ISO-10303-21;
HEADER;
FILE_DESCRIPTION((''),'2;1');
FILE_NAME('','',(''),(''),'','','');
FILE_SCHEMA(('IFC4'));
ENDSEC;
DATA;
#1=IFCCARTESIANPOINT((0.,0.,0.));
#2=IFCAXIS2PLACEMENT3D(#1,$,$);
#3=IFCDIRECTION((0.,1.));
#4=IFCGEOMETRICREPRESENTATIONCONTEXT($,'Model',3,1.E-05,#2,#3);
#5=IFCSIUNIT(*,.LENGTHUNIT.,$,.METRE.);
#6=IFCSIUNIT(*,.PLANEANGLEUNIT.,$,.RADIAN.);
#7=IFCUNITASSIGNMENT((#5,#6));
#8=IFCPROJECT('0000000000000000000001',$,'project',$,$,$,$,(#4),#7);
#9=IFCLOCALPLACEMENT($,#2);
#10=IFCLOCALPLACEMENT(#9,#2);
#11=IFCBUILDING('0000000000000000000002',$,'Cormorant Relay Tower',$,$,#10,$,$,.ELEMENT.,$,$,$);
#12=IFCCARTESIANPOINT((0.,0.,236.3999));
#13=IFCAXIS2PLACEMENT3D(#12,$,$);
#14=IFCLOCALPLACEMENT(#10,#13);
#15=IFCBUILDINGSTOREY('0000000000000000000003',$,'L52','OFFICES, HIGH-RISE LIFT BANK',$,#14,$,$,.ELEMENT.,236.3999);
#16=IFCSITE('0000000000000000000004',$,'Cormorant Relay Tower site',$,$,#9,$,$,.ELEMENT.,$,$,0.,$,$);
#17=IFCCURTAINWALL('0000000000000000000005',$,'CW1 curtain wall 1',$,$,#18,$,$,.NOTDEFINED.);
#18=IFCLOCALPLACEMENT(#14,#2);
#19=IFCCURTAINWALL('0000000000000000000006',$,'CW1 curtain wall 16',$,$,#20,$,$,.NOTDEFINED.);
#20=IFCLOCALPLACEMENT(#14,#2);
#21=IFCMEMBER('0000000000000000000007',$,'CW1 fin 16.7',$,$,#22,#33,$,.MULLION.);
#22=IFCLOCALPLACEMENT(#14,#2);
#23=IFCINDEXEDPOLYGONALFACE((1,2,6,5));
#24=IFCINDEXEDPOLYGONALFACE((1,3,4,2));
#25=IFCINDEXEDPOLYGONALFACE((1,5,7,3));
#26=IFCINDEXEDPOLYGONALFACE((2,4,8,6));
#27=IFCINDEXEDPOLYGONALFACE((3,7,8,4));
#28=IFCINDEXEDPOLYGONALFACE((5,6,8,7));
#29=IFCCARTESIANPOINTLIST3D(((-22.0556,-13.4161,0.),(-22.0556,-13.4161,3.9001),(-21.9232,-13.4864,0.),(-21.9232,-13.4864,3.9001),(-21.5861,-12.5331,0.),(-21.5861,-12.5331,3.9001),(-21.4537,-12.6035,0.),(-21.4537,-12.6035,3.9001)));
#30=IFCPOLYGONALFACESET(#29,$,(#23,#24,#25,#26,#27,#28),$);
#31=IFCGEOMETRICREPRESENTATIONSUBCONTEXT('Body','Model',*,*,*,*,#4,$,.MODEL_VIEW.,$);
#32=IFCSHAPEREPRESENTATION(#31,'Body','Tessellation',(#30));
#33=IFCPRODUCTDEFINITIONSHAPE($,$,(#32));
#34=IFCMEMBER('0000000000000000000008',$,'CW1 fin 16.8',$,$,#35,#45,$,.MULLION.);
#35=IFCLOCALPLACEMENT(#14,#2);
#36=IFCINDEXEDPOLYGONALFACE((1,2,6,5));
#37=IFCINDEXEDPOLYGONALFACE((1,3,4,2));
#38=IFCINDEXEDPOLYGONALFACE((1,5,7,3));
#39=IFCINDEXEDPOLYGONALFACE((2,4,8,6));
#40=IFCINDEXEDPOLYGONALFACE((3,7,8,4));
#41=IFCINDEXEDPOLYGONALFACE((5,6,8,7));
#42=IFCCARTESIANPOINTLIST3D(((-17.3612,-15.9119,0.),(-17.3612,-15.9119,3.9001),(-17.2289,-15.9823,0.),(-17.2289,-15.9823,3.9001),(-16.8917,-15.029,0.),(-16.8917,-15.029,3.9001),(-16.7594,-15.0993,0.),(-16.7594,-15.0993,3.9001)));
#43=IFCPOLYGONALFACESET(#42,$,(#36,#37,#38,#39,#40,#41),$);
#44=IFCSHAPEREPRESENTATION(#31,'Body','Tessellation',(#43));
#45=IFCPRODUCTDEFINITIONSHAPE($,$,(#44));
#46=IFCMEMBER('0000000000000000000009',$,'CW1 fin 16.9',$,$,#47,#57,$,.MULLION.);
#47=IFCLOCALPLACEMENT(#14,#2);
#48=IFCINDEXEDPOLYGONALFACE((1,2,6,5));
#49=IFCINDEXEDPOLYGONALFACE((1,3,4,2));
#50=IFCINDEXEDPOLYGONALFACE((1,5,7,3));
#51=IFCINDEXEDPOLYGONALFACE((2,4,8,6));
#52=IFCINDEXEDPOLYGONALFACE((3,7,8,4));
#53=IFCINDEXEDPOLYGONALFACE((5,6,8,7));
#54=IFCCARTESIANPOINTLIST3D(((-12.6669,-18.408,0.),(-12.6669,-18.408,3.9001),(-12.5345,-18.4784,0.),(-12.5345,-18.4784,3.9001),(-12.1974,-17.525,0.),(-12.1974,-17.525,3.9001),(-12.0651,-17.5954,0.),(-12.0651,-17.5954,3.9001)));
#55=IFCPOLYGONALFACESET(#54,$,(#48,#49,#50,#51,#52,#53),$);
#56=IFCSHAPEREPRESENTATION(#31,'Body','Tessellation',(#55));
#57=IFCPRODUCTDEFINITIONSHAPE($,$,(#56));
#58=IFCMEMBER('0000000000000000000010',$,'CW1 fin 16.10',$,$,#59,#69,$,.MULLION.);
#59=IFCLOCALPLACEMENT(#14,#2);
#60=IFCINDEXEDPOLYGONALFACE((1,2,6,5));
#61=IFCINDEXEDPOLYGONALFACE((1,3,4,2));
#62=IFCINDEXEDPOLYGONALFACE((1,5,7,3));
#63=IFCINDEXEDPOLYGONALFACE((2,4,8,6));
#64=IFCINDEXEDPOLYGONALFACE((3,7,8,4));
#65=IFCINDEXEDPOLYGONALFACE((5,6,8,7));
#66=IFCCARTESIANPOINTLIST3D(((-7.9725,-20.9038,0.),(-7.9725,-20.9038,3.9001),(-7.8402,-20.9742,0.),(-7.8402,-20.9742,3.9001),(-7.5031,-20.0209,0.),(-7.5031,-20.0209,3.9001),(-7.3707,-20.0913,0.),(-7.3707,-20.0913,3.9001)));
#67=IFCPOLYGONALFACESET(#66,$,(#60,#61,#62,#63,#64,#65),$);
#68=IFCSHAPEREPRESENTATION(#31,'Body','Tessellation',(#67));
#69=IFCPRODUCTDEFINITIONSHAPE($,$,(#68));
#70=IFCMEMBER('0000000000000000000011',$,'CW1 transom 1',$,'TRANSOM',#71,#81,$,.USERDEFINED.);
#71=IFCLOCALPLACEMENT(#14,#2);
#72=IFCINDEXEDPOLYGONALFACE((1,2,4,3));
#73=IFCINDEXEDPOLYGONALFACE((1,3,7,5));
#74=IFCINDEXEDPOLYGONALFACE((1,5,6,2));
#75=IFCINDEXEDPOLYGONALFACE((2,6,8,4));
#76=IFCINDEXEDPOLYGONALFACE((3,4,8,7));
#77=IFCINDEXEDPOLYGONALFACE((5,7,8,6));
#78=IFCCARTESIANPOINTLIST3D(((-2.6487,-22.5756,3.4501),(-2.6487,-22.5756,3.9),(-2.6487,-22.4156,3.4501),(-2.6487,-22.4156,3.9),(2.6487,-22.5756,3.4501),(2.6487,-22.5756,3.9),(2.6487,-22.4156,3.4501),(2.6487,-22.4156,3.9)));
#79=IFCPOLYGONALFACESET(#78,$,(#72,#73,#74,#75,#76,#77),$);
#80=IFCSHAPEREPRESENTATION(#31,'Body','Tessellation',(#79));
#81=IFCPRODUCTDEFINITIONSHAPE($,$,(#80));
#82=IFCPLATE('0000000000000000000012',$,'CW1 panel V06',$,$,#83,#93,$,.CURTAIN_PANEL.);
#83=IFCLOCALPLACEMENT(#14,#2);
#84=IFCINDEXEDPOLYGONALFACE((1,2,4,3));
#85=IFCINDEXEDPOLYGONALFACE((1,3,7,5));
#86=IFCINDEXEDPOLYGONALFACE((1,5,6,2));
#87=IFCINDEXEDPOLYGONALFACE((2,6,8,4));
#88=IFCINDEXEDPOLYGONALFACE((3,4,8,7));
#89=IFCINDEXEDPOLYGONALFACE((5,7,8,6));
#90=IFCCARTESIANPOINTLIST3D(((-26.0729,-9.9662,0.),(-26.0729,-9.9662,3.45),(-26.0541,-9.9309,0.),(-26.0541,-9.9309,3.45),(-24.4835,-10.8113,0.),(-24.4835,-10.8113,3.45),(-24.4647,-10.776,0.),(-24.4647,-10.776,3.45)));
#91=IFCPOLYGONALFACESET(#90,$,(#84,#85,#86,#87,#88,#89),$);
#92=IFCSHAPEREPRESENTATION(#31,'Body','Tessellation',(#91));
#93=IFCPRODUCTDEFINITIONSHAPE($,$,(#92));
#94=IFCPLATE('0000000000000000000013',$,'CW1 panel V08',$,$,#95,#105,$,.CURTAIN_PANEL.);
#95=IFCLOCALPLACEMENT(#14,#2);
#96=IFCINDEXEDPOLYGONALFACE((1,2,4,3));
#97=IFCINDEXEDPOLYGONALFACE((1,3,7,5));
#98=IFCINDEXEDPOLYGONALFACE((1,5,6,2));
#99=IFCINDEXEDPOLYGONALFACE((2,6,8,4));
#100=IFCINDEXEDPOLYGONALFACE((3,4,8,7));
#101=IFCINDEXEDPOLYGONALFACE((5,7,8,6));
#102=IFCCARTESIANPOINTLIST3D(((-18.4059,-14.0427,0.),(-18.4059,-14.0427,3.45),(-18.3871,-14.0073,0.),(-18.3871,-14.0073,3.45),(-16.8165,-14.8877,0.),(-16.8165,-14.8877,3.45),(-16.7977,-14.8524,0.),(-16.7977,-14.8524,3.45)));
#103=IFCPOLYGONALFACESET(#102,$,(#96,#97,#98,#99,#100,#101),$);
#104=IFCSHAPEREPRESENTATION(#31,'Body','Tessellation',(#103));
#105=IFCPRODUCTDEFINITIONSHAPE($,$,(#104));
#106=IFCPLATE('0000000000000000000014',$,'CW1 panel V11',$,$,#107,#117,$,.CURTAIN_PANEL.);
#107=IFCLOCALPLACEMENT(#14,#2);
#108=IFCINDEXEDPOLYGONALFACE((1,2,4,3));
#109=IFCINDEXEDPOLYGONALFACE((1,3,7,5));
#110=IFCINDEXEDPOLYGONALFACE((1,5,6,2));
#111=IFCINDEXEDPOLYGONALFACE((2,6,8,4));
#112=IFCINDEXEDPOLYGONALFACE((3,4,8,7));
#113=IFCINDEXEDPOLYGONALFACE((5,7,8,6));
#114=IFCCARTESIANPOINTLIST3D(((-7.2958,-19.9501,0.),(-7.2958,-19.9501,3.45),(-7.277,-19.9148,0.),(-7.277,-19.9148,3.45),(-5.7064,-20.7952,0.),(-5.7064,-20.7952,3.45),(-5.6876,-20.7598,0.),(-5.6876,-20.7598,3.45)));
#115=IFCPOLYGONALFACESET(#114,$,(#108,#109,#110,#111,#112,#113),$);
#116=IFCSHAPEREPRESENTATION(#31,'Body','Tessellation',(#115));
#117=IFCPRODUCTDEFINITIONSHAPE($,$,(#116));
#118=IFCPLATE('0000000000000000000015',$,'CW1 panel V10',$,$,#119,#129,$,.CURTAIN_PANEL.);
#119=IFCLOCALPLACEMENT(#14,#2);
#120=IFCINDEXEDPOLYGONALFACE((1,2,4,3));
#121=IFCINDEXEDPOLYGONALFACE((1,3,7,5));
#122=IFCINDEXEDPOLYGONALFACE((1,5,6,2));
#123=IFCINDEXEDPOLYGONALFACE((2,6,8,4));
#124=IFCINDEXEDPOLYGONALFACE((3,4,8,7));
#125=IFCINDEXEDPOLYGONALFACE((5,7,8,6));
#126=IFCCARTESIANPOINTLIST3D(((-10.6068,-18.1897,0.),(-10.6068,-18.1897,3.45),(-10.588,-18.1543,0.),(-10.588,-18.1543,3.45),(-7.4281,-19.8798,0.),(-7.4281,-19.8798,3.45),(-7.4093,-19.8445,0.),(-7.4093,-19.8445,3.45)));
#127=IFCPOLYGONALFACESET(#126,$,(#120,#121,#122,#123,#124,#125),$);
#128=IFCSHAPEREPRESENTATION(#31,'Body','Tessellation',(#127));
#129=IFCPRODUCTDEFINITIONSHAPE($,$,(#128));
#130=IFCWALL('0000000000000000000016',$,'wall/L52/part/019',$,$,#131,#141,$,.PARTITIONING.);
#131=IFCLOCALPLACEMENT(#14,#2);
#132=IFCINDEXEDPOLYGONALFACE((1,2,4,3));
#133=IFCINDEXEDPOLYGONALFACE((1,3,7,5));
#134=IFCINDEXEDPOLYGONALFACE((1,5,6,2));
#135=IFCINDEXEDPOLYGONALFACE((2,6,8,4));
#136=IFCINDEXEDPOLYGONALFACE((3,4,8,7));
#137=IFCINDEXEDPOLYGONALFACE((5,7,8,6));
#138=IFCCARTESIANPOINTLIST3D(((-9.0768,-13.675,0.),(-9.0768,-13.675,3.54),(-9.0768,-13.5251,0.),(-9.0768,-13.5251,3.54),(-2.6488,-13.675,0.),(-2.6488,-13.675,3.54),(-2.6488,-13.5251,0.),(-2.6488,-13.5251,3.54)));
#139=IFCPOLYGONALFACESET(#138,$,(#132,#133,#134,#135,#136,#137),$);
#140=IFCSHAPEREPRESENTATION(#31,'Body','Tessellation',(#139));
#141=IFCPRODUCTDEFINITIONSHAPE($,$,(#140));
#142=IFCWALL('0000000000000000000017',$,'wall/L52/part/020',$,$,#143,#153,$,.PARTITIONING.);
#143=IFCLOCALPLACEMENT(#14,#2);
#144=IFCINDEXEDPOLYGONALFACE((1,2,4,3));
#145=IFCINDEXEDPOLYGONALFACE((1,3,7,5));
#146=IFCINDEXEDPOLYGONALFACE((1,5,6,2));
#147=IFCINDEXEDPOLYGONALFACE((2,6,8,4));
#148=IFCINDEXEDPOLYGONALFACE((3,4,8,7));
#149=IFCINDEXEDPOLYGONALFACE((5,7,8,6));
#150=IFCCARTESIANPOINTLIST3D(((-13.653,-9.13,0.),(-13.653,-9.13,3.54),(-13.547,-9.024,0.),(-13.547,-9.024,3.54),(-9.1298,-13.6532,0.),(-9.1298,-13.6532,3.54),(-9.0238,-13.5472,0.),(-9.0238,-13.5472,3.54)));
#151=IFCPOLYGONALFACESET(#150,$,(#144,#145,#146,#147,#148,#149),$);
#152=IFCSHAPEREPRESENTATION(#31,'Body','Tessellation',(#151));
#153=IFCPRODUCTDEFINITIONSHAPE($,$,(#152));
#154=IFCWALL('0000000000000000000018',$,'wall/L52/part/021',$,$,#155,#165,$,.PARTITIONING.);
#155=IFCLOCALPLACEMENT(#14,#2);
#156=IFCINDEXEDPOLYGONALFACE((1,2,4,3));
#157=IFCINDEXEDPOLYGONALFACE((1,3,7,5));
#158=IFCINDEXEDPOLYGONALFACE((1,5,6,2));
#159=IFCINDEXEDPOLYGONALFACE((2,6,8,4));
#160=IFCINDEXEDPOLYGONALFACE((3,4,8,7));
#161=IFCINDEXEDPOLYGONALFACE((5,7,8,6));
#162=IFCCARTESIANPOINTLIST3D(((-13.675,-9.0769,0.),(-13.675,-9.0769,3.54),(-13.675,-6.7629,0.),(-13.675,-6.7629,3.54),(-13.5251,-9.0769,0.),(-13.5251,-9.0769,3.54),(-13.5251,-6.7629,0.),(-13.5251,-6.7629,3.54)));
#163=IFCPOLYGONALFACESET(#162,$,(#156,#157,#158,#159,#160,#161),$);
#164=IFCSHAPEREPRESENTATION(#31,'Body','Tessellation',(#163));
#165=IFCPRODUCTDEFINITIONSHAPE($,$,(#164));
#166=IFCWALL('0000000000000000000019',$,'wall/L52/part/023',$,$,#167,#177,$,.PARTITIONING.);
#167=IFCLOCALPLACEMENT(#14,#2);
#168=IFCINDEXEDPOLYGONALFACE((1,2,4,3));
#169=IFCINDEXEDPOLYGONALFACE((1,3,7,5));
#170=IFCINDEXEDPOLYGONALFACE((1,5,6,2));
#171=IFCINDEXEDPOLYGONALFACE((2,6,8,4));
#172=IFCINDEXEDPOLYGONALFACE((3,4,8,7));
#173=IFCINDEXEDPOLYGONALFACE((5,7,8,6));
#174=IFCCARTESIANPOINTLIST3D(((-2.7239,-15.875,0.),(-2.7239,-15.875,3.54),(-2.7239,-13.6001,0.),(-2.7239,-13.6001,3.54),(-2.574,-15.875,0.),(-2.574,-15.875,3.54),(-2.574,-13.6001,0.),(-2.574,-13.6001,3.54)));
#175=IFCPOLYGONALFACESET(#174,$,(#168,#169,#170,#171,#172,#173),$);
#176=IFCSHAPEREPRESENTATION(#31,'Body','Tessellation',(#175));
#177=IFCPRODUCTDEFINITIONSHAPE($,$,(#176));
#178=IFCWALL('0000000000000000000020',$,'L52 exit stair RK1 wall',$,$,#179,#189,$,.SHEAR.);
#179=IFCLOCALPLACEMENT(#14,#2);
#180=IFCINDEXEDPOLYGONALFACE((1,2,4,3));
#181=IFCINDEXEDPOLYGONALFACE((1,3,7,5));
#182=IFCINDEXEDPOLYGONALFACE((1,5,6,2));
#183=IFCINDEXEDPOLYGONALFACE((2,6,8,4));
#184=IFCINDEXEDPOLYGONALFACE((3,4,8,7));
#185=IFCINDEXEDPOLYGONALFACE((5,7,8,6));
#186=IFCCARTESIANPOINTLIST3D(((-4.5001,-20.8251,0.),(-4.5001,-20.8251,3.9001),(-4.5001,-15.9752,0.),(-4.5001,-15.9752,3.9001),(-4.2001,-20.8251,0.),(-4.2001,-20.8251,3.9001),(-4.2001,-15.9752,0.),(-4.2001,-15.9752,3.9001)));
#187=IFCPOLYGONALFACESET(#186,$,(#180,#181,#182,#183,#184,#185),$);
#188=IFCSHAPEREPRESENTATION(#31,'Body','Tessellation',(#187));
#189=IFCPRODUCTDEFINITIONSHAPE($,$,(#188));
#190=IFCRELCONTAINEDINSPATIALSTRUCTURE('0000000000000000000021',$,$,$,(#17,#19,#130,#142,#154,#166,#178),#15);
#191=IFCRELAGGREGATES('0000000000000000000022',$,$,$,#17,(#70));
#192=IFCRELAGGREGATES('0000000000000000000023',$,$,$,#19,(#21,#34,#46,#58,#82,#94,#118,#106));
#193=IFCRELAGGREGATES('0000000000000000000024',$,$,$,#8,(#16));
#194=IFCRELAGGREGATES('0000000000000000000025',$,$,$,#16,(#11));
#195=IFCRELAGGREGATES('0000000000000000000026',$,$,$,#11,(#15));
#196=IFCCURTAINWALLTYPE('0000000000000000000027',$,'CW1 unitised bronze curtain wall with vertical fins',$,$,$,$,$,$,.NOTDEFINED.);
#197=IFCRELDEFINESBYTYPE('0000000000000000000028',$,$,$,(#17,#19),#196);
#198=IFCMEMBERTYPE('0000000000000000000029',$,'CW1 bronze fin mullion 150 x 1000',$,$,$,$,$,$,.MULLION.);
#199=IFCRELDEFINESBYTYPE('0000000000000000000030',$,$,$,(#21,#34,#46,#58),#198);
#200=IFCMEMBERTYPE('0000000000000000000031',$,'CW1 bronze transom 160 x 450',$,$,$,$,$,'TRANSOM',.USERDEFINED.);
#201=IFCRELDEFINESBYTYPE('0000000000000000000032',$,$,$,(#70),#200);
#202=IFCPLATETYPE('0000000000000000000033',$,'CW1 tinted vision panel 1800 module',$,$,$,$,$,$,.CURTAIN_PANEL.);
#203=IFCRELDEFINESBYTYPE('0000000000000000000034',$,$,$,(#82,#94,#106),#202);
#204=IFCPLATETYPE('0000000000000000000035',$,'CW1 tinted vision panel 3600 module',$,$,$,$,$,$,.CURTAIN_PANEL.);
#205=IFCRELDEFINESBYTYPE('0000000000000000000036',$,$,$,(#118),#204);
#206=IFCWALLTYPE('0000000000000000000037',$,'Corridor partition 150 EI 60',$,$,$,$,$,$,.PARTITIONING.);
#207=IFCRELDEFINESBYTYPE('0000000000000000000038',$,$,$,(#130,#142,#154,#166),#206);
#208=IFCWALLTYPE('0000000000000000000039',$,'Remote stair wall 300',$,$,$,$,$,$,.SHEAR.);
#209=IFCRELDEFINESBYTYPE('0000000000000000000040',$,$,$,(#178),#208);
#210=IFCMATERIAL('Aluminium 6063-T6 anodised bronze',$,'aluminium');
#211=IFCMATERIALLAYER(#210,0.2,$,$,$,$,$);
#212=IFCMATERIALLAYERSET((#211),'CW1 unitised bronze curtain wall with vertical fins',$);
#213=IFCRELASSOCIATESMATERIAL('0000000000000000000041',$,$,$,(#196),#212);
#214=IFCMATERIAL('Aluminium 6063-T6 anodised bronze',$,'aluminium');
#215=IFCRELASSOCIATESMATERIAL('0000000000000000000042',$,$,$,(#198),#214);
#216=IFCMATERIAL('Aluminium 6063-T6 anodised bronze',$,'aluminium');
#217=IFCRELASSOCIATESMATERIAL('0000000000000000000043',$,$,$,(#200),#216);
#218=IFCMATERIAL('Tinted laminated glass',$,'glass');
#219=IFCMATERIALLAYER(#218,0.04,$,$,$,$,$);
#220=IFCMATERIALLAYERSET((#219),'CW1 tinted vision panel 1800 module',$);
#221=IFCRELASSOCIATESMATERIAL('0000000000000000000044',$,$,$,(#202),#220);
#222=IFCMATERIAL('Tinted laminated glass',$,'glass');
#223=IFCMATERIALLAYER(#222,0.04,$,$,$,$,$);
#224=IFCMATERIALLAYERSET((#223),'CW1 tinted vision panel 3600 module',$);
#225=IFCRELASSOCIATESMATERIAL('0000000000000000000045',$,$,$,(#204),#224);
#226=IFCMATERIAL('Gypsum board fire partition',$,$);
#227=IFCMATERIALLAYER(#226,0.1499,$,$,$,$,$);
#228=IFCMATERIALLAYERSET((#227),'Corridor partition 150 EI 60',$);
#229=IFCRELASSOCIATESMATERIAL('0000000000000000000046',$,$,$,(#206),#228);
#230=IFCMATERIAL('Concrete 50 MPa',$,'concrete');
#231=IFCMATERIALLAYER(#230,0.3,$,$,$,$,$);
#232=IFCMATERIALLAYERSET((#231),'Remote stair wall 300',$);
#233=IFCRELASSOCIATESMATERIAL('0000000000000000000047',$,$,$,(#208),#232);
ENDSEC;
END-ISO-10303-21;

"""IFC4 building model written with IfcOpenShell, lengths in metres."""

from ifc_helpers import new_model, si_unit, direction, frame, frame_2d, origin, origin_2d, place, context, subcontext, project, spatial, rectangle, extrude, material, layer, layer_set, material_profile, profile_set, type_object, element, aggregate, save


model = new_model("IFC4")

# Units and contexts
model_context = context("Model", 3, precision=1e-05, world=origin(), true_north=direction((0.0, 1.0)))
body_context = subcontext(model_context, "Body", "Model", "MODEL_VIEW")
ifc_project = project(units=[si_unit("LENGTHUNIT", "METRE"), si_unit("PLANEANGLEUNIT", "RADIAN")], contexts=[model_context])

# Site, building, storey
site_placement = place(None, origin())
site = spatial("IfcSite", under=ifc_project, at=site_placement, Name="Cormorant Relay Tower site", CompositionType="ELEMENT", RefElevation=0.0)
building_placement = place(site_placement, origin())
building = spatial("IfcBuilding", under=site, at=building_placement, Name="Cormorant Relay Tower", CompositionType="ELEMENT")
storey_placement = place(building_placement, frame((0.0, 0.0, 236.3999)))
storey = spatial("IfcBuildingStorey", under=building, at=storey_placement, Name="L52", Description="OFFICES, HIGH-RISE LIFT BANK", CompositionType="ELEMENT", Elevation=236.3999)

# Curtain wall
ifc_material_1 = material(Name="Aluminium 6063-T6 anodised bronze", Category="aluminium")
ifc_layer_1 = layer(ifc_material_1, 0.2)
ifc_layer_set_1 = layer_set([ifc_layer_1], Name="CW1 unitised bronze curtain wall with vertical fins")
curtain_wall_type = type_object("IfcCurtainWallType", Name="CW1 unitised bronze curtain wall with vertical fins", PredefinedType="NOTDEFINED", material=ifc_layer_set_1)
curtain_wall_1_placement = place(storey_placement, origin())
curtain_wall_1 = element("IfcCurtainWall", 1, at=curtain_wall_1_placement, inside=storey, type_object=curtain_wall_type, Name="CW1 curtain wall 1", PredefinedType="NOTDEFINED")
ifc_material_2 = material(Name="Aluminium 6063-T6 anodised bronze", Category="aluminium")
ifc_material_profile_1 = material_profile(ifc_material_2, rectangle(XDim=0.1499, YDim=1.0, at=origin_2d()), Name="AL 150x1000")
ifc_profile_set_1 = profile_set([ifc_material_profile_1], Name="Aluminium 6063-T6 anodised bronze")
member_type_1 = type_object("IfcMemberType", Name="CW1 bronze fin mullion 150 x 1000", PredefinedType="MULLION", material=ifc_profile_set_1)

# Curtain wall, members
curtain_wall_2_placement = place(storey_placement, origin())
curtain_wall_2 = element("IfcCurtainWall", 2, at=curtain_wall_2_placement, inside=storey, type_object=curtain_wall_type, Name="CW1 curtain wall 16", PredefinedType="NOTDEFINED")
member_1_placement = place(storey_placement, frame((-21.7546, -13.0098, 0.0), z_axis=(0.0, 0.0, 1.0), x_axis=(0.882948, -0.469472, 0.0)))
member_1 = element("IfcMember", 3, at=member_1_placement, type_object=member_type_1, Name="CW1 fin 16.7", PredefinedType="MULLION", context=body_context, shape_type="SweptSolid", body=[
    extrude(rectangle(XDim=0.1499, YDim=1.0, at=origin_2d()), origin(), (0.0, 0.0, 1.0), 3.9001),
])
member_2_placement = place(storey_placement, frame((-17.0603, -15.5056, 0.0), z_axis=(0.0, 0.0, 1.0), x_axis=(0.882948, -0.469472, 0.0)))
member_2 = element("IfcMember", 4, at=member_2_placement, type_object=member_type_1, Name="CW1 fin 16.8", PredefinedType="MULLION", context=body_context, shape_type="SweptSolid", body=[
    extrude(rectangle(XDim=0.1499, YDim=1.0, at=origin_2d()), origin(), (0.0, 0.0, 1.0), 3.9001),
])
member_3_placement = place(storey_placement, frame((-12.366, -18.0017, 0.0), z_axis=(0.0, 0.0, 1.0), x_axis=(0.882948, -0.469472, 0.0)))
member_3 = element("IfcMember", 5, at=member_3_placement, type_object=member_type_1, Name="CW1 fin 16.9", PredefinedType="MULLION", context=body_context, shape_type="SweptSolid", body=[
    extrude(rectangle(XDim=0.1499, YDim=1.0, at=origin_2d()), origin(), (0.0, 0.0, 1.0), 3.9001),
])
member_4_placement = place(storey_placement, frame((-7.6716, -20.4976, 0.0), z_axis=(0.0, 0.0, 1.0), x_axis=(0.882948, -0.469472, 0.0)))
member_4 = element("IfcMember", 6, at=member_4_placement, type_object=member_type_1, Name="CW1 fin 16.10", PredefinedType="MULLION", context=body_context, shape_type="SweptSolid", body=[
    extrude(rectangle(XDim=0.1499, YDim=1.0, at=origin_2d()), origin(), (0.0, 0.0, 1.0), 3.9001),
])

# Member
ifc_material_3 = material(Name="Aluminium 6063-T6 anodised bronze", Category="aluminium")
ifc_material_profile_2 = material_profile(ifc_material_3, rectangle(XDim=0.1599, YDim=0.45, at=origin_2d()), Name="AL 160x450")
ifc_profile_set_2 = profile_set([ifc_material_profile_2], Name="Aluminium 6063-T6 anodised bronze")
member_type_2 = type_object("IfcMemberType", Name="CW1 bronze transom 160 x 450", ElementType="TRANSOM", PredefinedType="USERDEFINED", material=ifc_profile_set_2)
member_5_placement = place(storey_placement, frame((-2.6487, -22.4956, 3.675), z_axis=(1.0, 0.0, 0.0), x_axis=(0.0, 1.0, 0.0)))
member_5 = element("IfcMember", 7, at=member_5_placement, type_object=member_type_2, Name="CW1 transom 1", ObjectType="TRANSOM", PredefinedType="USERDEFINED", context=body_context, shape_type="SweptSolid", body=[
    extrude(rectangle(XDim=0.1599, YDim=0.45, at=origin_2d()), origin(), (0.0, 0.0, 1.0), 5.2974),
])
aggregate(curtain_wall_1, [member_5])

# Plates
ifc_material_4 = material(Name="Tinted laminated glass", Category="glass")
ifc_layer_2 = layer(ifc_material_4, 0.04)
ifc_layer_set_2 = layer_set([ifc_layer_2], Name="CW1 tinted vision panel 1800 module")
plate_type_1 = type_object("IfcPlateType", Name="CW1 tinted vision panel 1800 module", PredefinedType="CURTAIN_PANEL", material=ifc_layer_set_2)
plate_1_placement = place(storey_placement, frame((-25.2688, -10.3711, 0.0), z_axis=(0.0, 0.0, 1.0), x_axis=(0.882948, -0.469472, 0.0)))
plate_1 = element("IfcPlate", 8, at=plate_1_placement, type_object=plate_type_1, Name="CW1 panel V06", PredefinedType="CURTAIN_PANEL", context=body_context, shape_type="SweptSolid", body=[
    extrude(rectangle(XDim=1.8, YDim=0.04, at=origin_2d()), origin(), (0.0, 0.0, 1.0), 3.45),
])
plate_2_placement = place(storey_placement, frame((-17.6018, -14.4475, 0.0), z_axis=(0.0, 0.0, 1.0), x_axis=(0.882948, -0.469472, 0.0)))
plate_2 = element("IfcPlate", 9, at=plate_2_placement, type_object=plate_type_1, Name="CW1 panel V08", PredefinedType="CURTAIN_PANEL", context=body_context, shape_type="SweptSolid", body=[
    extrude(rectangle(XDim=1.8, YDim=0.04, at=origin_2d()), origin(), (0.0, 0.0, 1.0), 3.45),
])
plate_3_placement = place(storey_placement, frame((-6.4917, -20.355, 0.0), z_axis=(0.0, 0.0, 1.0), x_axis=(0.882948, -0.469472, 0.0)))
plate_3 = element("IfcPlate", 10, at=plate_3_placement, type_object=plate_type_1, Name="CW1 panel V11", PredefinedType="CURTAIN_PANEL", context=body_context, shape_type="SweptSolid", body=[
    extrude(rectangle(XDim=1.8, YDim=0.04, at=origin_2d()), origin(), (0.0, 0.0, 1.0), 3.45),
])
ifc_material_5 = material(Name="Tinted laminated glass", Category="glass")
ifc_layer_3 = layer(ifc_material_5, 0.04)
ifc_layer_set_3 = layer_set([ifc_layer_3], Name="CW1 tinted vision panel 3600 module")
plate_type_2 = type_object("IfcPlateType", Name="CW1 tinted vision panel 3600 module", PredefinedType="CURTAIN_PANEL", material=ifc_layer_set_3)
plate_4_placement = place(storey_placement, frame((-9.0081, -19.0171, 0.0), z_axis=(0.0, 0.0, 1.0), x_axis=(0.882948, -0.469472, 0.0)))
plate_4 = element("IfcPlate", 11, at=plate_4_placement, type_object=plate_type_2, Name="CW1 panel V10", PredefinedType="CURTAIN_PANEL", context=body_context, shape_type="SweptSolid", body=[
    extrude(rectangle(XDim=3.6001, YDim=0.04, at=origin_2d()), origin(), (0.0, 0.0, 1.0), 3.45),
])

# Walls
ifc_material_6 = material(Name="Gypsum board fire partition")
ifc_layer_4 = layer(ifc_material_6, 0.1499)
ifc_layer_set_4 = layer_set([ifc_layer_4], Name="Corridor partition 150 EI 60")
wall_type_1 = type_object("IfcWallType", Name="Corridor partition 150 EI 60", PredefinedType="PARTITIONING", material=ifc_layer_set_4)
wall_1_placement = place(storey_placement, frame((-2.6489, -13.6001, 0.0), z_axis=(0.0, 0.0, 1.0), x_axis=(-1.0, 0.0, 0.0)))
element("IfcWall", 12, at=wall_1_placement, inside=storey, type_object=wall_type_1, Name="wall/L52/part/019", PredefinedType="PARTITIONING", context=body_context, shape_type="SweptSolid", body=[
    extrude(rectangle(XDim=6.428, YDim=0.1499, at=frame_2d((3.2139, 0.0))), origin(), (0.0, 0.0, 1.0), 3.54),
])
wall_2_placement = place(storey_placement, frame((-9.0769, -13.6001, 0.0), z_axis=(0.0, 0.0, 1.0), x_axis=(-0.707107, 0.707107, 0.0)))
element("IfcWall", 13, at=wall_2_placement, inside=storey, type_object=wall_type_1, Name="wall/L52/part/020", PredefinedType="PARTITIONING", context=body_context, shape_type="SweptSolid", body=[
    extrude(rectangle(XDim=6.3967, YDim=0.1499, at=frame_2d((3.1982, 0.0))), origin(), (0.0, 0.0, 1.0), 3.54),
])
wall_3_placement = place(storey_placement, frame((-13.6001, -9.0769, 0.0), z_axis=(0.0, 0.0, 1.0), x_axis=(0.0, 1.0, 0.0)))
element("IfcWall", 14, at=wall_3_placement, inside=storey, type_object=wall_type_1, Name="wall/L52/part/021", PredefinedType="PARTITIONING", context=body_context, shape_type="SweptSolid", body=[
    extrude(rectangle(XDim=2.314, YDim=0.1499, at=frame_2d((1.157, 0.0))), origin(), (0.0, 0.0, 1.0), 3.54),
])
wall_4_placement = place(storey_placement, frame((-2.6489, -13.6001, 0.0), z_axis=(0.0, 0.0, 1.0), x_axis=(0.0, -1.0, 0.0)))
element("IfcWall", 15, at=wall_4_placement, inside=storey, type_object=wall_type_1, Name="wall/L52/part/023", PredefinedType="PARTITIONING", context=body_context, shape_type="SweptSolid", body=[
    extrude(rectangle(XDim=2.2749, YDim=0.1499, at=frame_2d((1.1375, 0.0))), origin(), (0.0, 0.0, 1.0), 3.54),
])
ifc_material_7 = material(Name="Concrete 50 MPa", Category="concrete")
ifc_layer_5 = layer(ifc_material_7, 0.3)
ifc_layer_set_5 = layer_set([ifc_layer_5], Name="Remote stair wall 300")
wall_type_2 = type_object("IfcWallType", Name="Remote stair wall 300", PredefinedType="SHEAR", material=ifc_layer_set_5)
wall_5_placement = place(storey_placement, frame((-4.3501, -20.825, 0.0), z_axis=(0.0, 0.0, 1.0), x_axis=(0.0, 1.0, 0.0)))
element("IfcWall", 16, at=wall_5_placement, inside=storey, type_object=wall_type_2, Name="L52 exit stair RK1 wall", PredefinedType="SHEAR", context=body_context, shape_type="SweptSolid", body=[
    extrude(rectangle(XDim=4.8499, YDim=0.3, at=frame_2d((2.4248, 0.0))), origin(), (0.0, 0.0, 1.0), 3.9001),
])

aggregate(curtain_wall_2, [member_1, member_2, member_3, member_4, plate_1, plate_2, plate_4, plate_3])

save(model, "model.ifc")
